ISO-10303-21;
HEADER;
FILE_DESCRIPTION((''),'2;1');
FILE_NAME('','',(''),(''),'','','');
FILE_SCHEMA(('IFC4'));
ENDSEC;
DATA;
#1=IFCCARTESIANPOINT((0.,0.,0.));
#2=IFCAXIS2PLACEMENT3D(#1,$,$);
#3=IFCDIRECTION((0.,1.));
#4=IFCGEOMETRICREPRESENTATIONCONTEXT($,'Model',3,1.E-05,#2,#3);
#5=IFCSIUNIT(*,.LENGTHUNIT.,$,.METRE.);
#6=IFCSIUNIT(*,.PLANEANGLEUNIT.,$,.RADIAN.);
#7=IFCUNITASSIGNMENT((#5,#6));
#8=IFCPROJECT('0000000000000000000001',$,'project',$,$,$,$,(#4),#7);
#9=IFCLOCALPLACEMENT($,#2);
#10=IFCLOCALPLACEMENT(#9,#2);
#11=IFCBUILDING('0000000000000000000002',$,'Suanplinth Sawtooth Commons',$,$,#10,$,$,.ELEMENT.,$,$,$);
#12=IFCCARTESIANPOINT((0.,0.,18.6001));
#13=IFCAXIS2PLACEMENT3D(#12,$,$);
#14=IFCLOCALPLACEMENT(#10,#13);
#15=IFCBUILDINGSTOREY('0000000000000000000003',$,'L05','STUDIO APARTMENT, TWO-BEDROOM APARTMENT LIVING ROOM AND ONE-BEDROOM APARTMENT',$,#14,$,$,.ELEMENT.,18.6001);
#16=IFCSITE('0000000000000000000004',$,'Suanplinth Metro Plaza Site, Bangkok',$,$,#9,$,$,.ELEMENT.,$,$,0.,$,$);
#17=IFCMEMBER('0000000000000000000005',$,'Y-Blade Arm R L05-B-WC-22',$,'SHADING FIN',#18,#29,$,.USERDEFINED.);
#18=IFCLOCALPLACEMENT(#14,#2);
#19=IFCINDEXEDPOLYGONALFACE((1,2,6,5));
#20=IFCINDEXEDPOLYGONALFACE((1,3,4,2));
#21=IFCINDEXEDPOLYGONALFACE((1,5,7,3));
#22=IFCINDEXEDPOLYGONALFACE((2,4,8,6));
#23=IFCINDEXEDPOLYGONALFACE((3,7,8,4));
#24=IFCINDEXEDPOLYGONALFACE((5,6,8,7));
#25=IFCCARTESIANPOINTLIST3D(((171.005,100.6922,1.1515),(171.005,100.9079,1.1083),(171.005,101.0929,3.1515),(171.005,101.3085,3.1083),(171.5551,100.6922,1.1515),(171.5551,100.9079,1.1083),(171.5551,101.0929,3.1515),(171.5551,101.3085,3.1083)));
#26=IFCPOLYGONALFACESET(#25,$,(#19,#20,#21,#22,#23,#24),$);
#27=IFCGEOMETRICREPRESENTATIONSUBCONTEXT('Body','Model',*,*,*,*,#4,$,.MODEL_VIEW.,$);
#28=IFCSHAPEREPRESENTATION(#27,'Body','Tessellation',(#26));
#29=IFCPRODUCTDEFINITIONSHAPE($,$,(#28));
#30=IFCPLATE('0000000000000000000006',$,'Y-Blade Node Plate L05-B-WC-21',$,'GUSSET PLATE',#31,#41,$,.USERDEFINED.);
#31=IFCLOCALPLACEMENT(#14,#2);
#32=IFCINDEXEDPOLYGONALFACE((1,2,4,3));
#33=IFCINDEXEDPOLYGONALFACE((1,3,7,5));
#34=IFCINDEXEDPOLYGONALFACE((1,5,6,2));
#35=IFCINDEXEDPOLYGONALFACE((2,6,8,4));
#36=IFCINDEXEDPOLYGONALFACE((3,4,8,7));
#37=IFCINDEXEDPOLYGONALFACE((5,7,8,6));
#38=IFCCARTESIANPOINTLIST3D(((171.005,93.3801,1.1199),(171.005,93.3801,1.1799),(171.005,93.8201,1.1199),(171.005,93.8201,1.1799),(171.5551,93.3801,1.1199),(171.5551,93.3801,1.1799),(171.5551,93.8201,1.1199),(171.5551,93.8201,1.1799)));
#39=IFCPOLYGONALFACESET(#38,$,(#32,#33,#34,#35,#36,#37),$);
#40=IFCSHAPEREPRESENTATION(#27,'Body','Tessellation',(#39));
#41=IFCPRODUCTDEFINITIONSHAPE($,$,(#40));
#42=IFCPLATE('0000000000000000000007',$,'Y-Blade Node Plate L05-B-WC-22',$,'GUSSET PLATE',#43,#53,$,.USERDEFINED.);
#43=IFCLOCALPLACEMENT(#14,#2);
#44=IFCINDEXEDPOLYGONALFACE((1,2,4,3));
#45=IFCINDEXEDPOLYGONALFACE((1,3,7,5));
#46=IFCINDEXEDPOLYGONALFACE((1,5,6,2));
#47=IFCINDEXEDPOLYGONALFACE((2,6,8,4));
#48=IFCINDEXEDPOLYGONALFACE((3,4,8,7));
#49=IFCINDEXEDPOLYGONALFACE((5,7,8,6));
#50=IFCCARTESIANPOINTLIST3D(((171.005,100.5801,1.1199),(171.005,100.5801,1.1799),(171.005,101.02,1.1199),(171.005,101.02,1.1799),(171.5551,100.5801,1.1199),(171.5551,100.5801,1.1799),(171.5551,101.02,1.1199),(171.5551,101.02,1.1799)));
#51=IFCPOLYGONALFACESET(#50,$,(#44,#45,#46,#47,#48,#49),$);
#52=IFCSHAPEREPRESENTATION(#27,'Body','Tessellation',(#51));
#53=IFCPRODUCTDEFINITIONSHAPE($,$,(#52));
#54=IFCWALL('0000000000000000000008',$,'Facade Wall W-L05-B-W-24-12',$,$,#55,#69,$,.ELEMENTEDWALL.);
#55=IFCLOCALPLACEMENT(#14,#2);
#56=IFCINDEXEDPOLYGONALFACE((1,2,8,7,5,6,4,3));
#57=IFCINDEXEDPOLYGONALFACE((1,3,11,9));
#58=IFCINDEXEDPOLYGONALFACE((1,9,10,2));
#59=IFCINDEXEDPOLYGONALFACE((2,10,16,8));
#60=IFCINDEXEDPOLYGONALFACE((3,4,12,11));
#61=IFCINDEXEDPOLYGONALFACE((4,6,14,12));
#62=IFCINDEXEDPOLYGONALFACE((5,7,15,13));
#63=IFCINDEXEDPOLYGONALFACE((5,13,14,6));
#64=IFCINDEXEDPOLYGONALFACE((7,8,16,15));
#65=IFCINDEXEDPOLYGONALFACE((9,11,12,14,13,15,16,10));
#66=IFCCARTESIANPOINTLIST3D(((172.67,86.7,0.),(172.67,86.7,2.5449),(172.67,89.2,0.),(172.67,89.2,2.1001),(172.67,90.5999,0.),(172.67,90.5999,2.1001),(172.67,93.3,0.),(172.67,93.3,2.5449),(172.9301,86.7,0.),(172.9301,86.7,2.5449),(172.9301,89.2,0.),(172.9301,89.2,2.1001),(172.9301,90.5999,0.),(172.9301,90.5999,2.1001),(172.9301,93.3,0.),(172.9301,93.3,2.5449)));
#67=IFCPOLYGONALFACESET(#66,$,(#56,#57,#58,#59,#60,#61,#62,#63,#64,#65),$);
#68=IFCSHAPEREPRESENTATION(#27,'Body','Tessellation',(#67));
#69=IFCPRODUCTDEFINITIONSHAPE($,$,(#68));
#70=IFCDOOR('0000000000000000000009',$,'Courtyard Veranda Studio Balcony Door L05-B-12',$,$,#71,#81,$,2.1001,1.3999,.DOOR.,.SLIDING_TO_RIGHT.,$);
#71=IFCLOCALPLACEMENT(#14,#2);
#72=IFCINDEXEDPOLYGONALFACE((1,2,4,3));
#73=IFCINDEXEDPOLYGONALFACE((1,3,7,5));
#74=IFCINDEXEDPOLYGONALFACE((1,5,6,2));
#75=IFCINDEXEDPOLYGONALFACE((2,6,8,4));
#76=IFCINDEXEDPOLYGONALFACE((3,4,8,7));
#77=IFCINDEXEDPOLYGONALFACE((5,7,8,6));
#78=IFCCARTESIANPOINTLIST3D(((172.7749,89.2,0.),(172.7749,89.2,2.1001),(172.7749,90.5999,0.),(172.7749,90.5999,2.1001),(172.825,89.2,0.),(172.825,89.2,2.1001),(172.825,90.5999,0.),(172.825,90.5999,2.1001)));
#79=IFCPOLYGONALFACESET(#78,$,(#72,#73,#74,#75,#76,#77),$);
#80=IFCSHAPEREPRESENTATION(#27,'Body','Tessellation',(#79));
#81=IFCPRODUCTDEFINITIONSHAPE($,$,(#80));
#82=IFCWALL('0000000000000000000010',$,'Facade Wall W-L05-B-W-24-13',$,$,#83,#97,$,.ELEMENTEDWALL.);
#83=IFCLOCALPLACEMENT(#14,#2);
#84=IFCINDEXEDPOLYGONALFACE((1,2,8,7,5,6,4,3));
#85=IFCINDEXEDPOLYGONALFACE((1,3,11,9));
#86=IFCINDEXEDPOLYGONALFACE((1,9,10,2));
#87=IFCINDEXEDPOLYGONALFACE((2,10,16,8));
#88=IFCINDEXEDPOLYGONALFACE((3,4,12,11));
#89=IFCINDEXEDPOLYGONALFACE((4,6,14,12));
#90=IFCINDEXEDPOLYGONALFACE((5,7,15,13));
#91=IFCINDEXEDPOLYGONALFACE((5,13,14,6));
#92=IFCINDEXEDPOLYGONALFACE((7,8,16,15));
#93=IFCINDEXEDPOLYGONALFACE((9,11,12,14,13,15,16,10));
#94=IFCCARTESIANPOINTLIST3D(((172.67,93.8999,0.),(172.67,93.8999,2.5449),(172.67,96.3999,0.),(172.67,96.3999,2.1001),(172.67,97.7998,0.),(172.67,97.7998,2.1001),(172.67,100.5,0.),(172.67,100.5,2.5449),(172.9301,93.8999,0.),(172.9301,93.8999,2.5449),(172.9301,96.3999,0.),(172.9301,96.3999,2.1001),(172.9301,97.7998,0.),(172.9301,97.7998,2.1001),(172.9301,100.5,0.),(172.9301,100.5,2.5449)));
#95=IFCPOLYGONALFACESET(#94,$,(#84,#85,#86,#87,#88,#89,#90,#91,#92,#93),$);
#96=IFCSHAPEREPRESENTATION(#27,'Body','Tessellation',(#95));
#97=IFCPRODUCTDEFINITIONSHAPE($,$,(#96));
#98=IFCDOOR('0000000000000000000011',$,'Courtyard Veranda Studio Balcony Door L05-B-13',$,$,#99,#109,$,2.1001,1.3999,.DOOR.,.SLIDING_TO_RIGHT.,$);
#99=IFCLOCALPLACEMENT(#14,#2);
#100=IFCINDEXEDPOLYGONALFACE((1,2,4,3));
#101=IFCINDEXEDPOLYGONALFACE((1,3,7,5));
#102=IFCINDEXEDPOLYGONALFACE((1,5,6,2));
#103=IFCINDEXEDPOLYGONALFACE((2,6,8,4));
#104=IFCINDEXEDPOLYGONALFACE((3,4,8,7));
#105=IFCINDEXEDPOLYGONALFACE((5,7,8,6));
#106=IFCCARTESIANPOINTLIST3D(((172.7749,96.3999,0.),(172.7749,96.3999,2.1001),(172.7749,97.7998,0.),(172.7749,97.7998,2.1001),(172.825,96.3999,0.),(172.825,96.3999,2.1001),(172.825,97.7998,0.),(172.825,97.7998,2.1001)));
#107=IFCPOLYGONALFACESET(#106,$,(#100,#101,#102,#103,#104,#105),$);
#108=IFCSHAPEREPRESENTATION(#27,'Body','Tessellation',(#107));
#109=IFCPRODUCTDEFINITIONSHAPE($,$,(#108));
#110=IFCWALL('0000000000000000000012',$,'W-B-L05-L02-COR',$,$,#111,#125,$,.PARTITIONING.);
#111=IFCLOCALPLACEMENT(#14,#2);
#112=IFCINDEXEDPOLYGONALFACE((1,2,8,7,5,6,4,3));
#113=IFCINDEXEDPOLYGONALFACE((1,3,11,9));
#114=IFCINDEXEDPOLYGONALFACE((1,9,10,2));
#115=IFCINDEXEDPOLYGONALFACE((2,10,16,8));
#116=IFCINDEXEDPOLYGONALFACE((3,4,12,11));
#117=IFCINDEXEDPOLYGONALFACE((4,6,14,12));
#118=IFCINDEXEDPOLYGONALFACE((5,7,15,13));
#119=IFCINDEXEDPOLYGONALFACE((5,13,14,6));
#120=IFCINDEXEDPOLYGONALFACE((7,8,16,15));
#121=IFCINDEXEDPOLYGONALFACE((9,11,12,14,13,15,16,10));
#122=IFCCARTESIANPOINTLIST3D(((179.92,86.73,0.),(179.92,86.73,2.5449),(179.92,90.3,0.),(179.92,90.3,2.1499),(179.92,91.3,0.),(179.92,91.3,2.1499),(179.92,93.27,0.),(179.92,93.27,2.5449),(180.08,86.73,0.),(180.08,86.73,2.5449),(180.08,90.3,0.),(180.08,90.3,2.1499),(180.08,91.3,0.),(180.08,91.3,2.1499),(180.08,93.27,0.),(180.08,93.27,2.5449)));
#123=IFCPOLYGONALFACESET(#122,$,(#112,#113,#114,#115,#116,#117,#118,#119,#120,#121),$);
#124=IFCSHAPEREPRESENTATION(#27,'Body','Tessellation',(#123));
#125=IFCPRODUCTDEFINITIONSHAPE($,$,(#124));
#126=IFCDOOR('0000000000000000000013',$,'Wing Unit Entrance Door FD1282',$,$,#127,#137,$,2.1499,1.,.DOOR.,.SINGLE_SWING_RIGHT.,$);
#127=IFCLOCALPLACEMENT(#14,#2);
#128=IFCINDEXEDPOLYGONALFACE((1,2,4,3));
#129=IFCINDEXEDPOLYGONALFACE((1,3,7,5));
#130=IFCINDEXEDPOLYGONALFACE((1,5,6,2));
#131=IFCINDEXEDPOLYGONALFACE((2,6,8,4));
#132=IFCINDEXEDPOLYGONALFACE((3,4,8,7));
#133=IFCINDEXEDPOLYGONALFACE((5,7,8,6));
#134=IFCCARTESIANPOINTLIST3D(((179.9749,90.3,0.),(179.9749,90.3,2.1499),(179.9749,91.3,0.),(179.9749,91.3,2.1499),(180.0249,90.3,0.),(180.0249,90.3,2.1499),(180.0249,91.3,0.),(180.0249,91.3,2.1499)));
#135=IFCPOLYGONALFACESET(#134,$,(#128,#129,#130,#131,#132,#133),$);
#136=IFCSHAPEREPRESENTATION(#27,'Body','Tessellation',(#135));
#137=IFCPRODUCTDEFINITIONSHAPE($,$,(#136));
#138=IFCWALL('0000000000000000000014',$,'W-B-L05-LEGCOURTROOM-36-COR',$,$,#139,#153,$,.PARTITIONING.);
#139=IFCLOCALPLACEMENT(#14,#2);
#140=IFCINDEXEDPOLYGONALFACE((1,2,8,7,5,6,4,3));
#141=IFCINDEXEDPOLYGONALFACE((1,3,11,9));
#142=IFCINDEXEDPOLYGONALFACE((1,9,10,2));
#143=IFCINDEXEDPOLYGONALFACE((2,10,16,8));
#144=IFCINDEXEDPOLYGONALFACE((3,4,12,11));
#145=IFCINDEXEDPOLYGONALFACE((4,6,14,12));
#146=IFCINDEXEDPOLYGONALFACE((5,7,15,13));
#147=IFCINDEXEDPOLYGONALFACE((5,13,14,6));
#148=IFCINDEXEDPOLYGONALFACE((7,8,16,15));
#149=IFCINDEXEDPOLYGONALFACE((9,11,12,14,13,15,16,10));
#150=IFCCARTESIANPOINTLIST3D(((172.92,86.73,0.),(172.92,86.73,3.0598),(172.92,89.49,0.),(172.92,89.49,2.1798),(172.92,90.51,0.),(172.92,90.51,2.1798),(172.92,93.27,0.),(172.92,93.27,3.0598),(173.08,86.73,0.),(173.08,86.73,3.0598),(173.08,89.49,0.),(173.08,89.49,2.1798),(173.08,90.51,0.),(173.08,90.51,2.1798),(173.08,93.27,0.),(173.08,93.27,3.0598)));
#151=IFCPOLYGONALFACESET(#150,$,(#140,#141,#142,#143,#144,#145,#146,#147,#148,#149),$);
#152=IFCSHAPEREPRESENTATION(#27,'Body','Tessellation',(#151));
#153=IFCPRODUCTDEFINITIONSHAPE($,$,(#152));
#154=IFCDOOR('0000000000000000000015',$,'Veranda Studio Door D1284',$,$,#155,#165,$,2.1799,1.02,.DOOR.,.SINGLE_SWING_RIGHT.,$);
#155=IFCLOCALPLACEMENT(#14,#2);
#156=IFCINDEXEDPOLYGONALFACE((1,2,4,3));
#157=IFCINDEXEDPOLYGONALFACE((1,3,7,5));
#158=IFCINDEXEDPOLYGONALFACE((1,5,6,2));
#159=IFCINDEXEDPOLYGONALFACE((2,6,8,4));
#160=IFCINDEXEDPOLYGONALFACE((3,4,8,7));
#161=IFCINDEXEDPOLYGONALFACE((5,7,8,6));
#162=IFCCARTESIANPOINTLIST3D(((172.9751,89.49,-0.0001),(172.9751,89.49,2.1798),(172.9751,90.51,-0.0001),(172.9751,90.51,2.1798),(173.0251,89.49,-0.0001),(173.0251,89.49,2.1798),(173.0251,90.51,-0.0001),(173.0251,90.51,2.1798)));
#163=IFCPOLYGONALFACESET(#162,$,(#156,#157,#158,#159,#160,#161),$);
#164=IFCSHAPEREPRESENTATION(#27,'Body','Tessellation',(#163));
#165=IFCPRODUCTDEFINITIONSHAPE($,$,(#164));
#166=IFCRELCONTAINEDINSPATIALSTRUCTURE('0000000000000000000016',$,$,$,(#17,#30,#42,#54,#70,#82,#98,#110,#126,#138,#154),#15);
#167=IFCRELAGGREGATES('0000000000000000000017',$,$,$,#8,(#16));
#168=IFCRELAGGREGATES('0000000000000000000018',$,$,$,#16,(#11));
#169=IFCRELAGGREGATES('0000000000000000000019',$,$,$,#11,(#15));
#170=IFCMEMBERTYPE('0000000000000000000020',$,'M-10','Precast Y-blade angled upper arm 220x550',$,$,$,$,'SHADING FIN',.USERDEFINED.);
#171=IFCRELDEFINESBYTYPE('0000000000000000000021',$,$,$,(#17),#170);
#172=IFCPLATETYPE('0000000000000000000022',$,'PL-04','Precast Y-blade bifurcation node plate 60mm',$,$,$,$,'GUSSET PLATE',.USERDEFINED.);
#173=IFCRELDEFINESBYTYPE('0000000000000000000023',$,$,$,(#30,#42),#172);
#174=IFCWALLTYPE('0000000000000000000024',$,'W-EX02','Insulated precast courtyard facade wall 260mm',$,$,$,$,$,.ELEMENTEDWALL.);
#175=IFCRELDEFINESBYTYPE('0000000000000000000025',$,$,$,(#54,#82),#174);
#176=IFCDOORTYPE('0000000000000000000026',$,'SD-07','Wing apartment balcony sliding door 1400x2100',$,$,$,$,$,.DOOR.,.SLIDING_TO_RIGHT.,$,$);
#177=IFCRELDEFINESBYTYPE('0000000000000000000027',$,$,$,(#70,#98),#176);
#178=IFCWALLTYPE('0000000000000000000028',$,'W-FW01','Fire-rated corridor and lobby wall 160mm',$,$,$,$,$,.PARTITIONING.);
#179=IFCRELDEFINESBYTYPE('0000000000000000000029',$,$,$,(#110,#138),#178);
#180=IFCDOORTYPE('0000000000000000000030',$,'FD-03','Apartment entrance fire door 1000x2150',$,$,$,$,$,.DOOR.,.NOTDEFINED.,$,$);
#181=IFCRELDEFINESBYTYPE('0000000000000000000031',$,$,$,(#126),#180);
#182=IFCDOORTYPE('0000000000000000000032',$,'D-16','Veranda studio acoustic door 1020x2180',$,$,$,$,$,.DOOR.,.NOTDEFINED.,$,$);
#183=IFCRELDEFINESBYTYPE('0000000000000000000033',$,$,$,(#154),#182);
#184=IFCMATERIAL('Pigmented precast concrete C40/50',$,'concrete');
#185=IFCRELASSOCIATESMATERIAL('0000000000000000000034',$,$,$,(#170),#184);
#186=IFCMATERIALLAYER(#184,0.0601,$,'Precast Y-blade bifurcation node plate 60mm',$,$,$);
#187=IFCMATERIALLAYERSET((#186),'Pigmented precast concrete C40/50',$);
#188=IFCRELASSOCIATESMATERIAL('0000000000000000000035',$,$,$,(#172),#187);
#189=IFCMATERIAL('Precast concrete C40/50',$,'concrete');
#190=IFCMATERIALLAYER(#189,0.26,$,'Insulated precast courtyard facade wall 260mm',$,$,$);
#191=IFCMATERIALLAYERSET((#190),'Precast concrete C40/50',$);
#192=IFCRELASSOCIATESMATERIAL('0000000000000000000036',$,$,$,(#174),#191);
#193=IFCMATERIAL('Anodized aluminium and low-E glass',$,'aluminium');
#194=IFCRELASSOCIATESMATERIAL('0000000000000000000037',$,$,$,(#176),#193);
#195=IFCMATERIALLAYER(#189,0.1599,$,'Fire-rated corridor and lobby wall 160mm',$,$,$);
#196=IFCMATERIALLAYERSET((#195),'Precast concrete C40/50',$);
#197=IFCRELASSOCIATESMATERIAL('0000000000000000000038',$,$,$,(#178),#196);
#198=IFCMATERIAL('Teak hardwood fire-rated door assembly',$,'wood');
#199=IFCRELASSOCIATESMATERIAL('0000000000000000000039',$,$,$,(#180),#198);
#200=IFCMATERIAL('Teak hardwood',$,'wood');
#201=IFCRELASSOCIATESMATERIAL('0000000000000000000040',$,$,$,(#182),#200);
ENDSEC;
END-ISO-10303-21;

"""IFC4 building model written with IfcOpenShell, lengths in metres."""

from ifc_helpers import new_model, si_unit, direction, frame, frame_2d, origin, origin_2d, place, context, subcontext, project, spatial, rectangle, extrude, material, layer, layer_set, material_profile, profile_set, type_object, element, fill, save


model = new_model("IFC4")

# Units and contexts
model_context = context("Model", 3, precision=1e-05, world=origin(), true_north=direction((0.0, 1.0)))
body_context = subcontext(model_context, "Body", "Model", "MODEL_VIEW")
ifc_project = project(units=[si_unit("LENGTHUNIT", "METRE"), si_unit("PLANEANGLEUNIT", "RADIAN")], contexts=[model_context])

# Site, building, storey
site_placement = place(None, origin())
site = spatial("IfcSite", under=ifc_project, at=site_placement, Name="Suanplinth Metro Plaza Site, Bangkok", CompositionType="ELEMENT", RefElevation=0.0)
building_placement = place(site_placement, origin())
building = spatial("IfcBuilding", under=site, at=building_placement, Name="Suanplinth Sawtooth Commons", CompositionType="ELEMENT")
storey_placement = place(building_placement, frame((0.0, 0.0, 18.6001)))
storey = spatial("IfcBuildingStorey", under=building, at=storey_placement, Name="L05", Description="STUDIO APARTMENT, TWO-BEDROOM APARTMENT LIVING ROOM AND ONE-BEDROOM APARTMENT", CompositionType="ELEMENT", Elevation=18.6001)

# Shared definitions
ifc_material_1 = material(Name="Precast concrete C40/50", Category="concrete")

# Member
ifc_material_2 = material(Name="Pigmented precast concrete C40/50", Category="concrete")
ifc_material_profile_1 = material_profile(ifc_material_2, rectangle(XDim=0.22, YDim=0.55, at=origin_2d()), Name="PC-FIN 220x550")
ifc_profile_set_1 = profile_set([ifc_material_profile_1], Name="Pigmented precast concrete C40/50")
member_type_1 = type_object("IfcMemberType", Name="M-10", Description="Precast Y-blade angled upper arm 220x550", ElementType="SHADING FIN", PredefinedType="USERDEFINED", material=ifc_profile_set_1)
for number, where, z_axis, x_axis, name in (
    (1, (171.28, 100.8, 1.1299), (0.0, 0.196415, 0.980521), (0.0, -0.980521, 0.196415), "Y-Blade Arm R L05-B-WC-22"),
):
    element("IfcMember", number, at=place(storey_placement, frame(where, z_axis=z_axis, x_axis=x_axis)), inside=storey, type_object=member_type_1, Name=name, ObjectType="SHADING FIN", PredefinedType="USERDEFINED", context=body_context, shape_type="SweptSolid", body=[
        extrude(rectangle(XDim=0.22, YDim=0.55, at=origin_2d()), origin(), (0.0, 0.0, 1.0), 2.0398),
    ])

# Plates
ifc_layer_1 = layer(ifc_material_2, 0.0601, Name="Precast Y-blade bifurcation node plate 60mm")
ifc_layer_set_1 = layer_set([ifc_layer_1], Name="Pigmented precast concrete C40/50")
plate_type = type_object("IfcPlateType", Name="PL-04", Description="Precast Y-blade bifurcation node plate 60mm", ElementType="GUSSET PLATE", PredefinedType="USERDEFINED", material=ifc_layer_set_1)
for number, where, z_axis, x_axis, name in (
    (2, (171.28, 93.6001, 1.1199), (0.0, 0.0, 1.0), (0.0, 1.0, 0.0), "Y-Blade Node Plate L05-B-WC-21"),
    (3, (171.28, 100.8, 1.1199), (0.0, 0.0, 1.0), (0.0, 1.0, 0.0), "Y-Blade Node Plate L05-B-WC-22"),
):
    element("IfcPlate", number, at=place(storey_placement, frame(where, z_axis=z_axis, x_axis=x_axis)), inside=storey, type_object=plate_type, Name=name, ObjectType="GUSSET PLATE", PredefinedType="USERDEFINED", context=body_context, shape_type="SweptSolid", body=[
        extrude(rectangle(XDim=0.4399, YDim=0.55, at=origin_2d()), origin(), (0.0, 0.0, 1.0), 0.0601),
    ])

# Walls, openings, doors
ifc_layer_2 = layer(ifc_material_1, 0.26, Name="Insulated precast courtyard facade wall 260mm")
ifc_layer_set_2 = layer_set([ifc_layer_2], Name="Precast concrete C40/50")
wall_type_1 = type_object("IfcWallType", Name="W-EX02", Description="Insulated precast courtyard facade wall 260mm", PredefinedType="ELEMENTEDWALL", material=ifc_layer_set_2)
wall_1_placement = place(storey_placement, frame((172.8, 86.7, 0.0), z_axis=(0.0, 0.0, 1.0), x_axis=(0.0, 1.0, 0.0)))
wall_1 = element("IfcWall", 4, at=wall_1_placement, inside=storey, type_object=wall_type_1, Name="Facade Wall W-L05-B-W-24-12", PredefinedType="ELEMENTEDWALL", context=body_context, shape_type="SweptSolid", body=[
    extrude(rectangle(XDim=6.6001, YDim=0.26, at=frame_2d((3.3, 0.0))), origin(), (0.0, 0.0, 1.0), 2.5449),
])
opening_1_placement = place(wall_1_placement, frame((2.5, 0.0, 0.0)))
opening_1 = element("IfcOpeningElement", 5, at=opening_1_placement, cuts=wall_1, PredefinedType="OPENING", context=body_context, shape_type="SweptSolid", body=[
    extrude(rectangle(XDim=1.3999, YDim=2.1001, at=frame_2d((0.7, 1.05))), frame((0.0, 0.145, 0.0), z_axis=(0.0, -1.0, 0.0), x_axis=(1.0, 0.0, 0.0)), (0.0, 0.0, 1.0), 0.2898),
])
ifc_material_3 = material(Name="Anodized aluminium and low-E glass", Category="aluminium")
door_type_1 = type_object("IfcDoorType", Name="SD-07", Description="Wing apartment balcony sliding door 1400x2100", OperationType="SLIDING_TO_RIGHT", PredefinedType="DOOR", material=ifc_material_3)
door_1_placement = place(opening_1_placement, frame((1.3999, 0.0, 0.0), z_axis=(0.0, 0.0, 1.0), x_axis=(-1.0, 0.0, 0.0)))
door_1 = element("IfcDoor", 6, at=door_1_placement, inside=storey, type_object=door_type_1, Name="Courtyard Veranda Studio Balcony Door L05-B-12", OperationType="SLIDING_TO_RIGHT", OverallHeight=2.1001, OverallWidth=1.3999, PredefinedType="DOOR", context=body_context, shape_type="SweptSolid", body=[
    extrude(rectangle(XDim=1.3999, YDim=2.1001, at=frame_2d((0.7, 1.05))), frame((0.0, 0.0249, 0.0), z_axis=(0.0, -1.0, 0.0), x_axis=(1.0, 0.0, 0.0)), (0.0, 0.0, 1.0), 0.05),
])
fill(opening_1, door_1)
wall_2_placement = place(storey_placement, frame((172.8, 93.8999, 0.0), z_axis=(0.0, 0.0, 1.0), x_axis=(0.0, 1.0, 0.0)))
wall_2 = element("IfcWall", 7, at=wall_2_placement, inside=storey, type_object=wall_type_1, Name="Facade Wall W-L05-B-W-24-13", PredefinedType="ELEMENTEDWALL", context=body_context, shape_type="SweptSolid", body=[
    extrude(rectangle(XDim=6.6001, YDim=0.26, at=frame_2d((3.3, 0.0))), origin(), (0.0, 0.0, 1.0), 2.5449),
])
opening_2_placement = place(wall_2_placement, frame((2.5, 0.0, 0.0)))
opening_2 = element("IfcOpeningElement", 8, at=opening_2_placement, cuts=wall_2, PredefinedType="OPENING", context=body_context, shape_type="SweptSolid", body=[
    extrude(rectangle(XDim=1.3999, YDim=2.1001, at=frame_2d((0.7, 1.05))), frame((0.0, 0.145, 0.0), z_axis=(0.0, -1.0, 0.0), x_axis=(1.0, 0.0, 0.0)), (0.0, 0.0, 1.0), 0.2898),
])
door_2_placement = place(opening_2_placement, frame((1.3999, 0.0, 0.0), z_axis=(0.0, 0.0, 1.0), x_axis=(-1.0, 0.0, 0.0)))
door_2 = element("IfcDoor", 9, at=door_2_placement, inside=storey, type_object=door_type_1, Name="Courtyard Veranda Studio Balcony Door L05-B-13", OperationType="SLIDING_TO_RIGHT", OverallHeight=2.1001, OverallWidth=1.3999, PredefinedType="DOOR", context=body_context, shape_type="SweptSolid", body=[
    extrude(rectangle(XDim=1.3999, YDim=2.1001, at=frame_2d((0.7, 1.05))), frame((0.0, 0.0249, 0.0), z_axis=(0.0, -1.0, 0.0), x_axis=(1.0, 0.0, 0.0)), (0.0, 0.0, 1.0), 0.05),
])
fill(opening_2, door_2)
ifc_layer_3 = layer(ifc_material_1, 0.1599, Name="Fire-rated corridor and lobby wall 160mm")
ifc_layer_set_3 = layer_set([ifc_layer_3], Name="Precast concrete C40/50")
wall_type_2 = type_object("IfcWallType", Name="W-FW01", Description="Fire-rated corridor and lobby wall 160mm", PredefinedType="PARTITIONING", material=ifc_layer_set_3)
wall_3_placement = place(storey_placement, frame((180.0, 86.73, 0.0), z_axis=(0.0, 0.0, 1.0), x_axis=(0.0, 1.0, 0.0)))
wall_3 = element("IfcWall", 10, at=wall_3_placement, inside=storey, type_object=wall_type_2, Name="W-B-L05-L02-COR", PredefinedType="PARTITIONING", context=body_context, shape_type="SweptSolid", body=[
    extrude(rectangle(XDim=6.54, YDim=0.1599, at=frame_2d((3.27, 0.0))), origin(), (0.0, 0.0, 1.0), 2.5449),
])
opening_3_placement = place(wall_3_placement, frame((3.5701, 0.0, 0.0)))
opening_3 = element("IfcOpeningElement", 11, at=opening_3_placement, cuts=wall_3, PredefinedType="OPENING", context=body_context, shape_type="SweptSolid", body=[
    extrude(rectangle(XDim=1.0, YDim=2.1499, at=frame_2d((0.5, 1.075))), frame((0.0, 0.0947, 0.0), z_axis=(0.0, -1.0, 0.0), x_axis=(1.0, 0.0, 0.0)), (0.0, 0.0, 1.0), 0.1897),
])
ifc_material_4 = material(Name="Teak hardwood fire-rated door assembly", Category="wood")
door_type_2 = type_object("IfcDoorType", Name="FD-03", Description="Apartment entrance fire door 1000x2150", OperationType="NOTDEFINED", PredefinedType="DOOR", material=ifc_material_4)
door_3_placement = place(opening_3_placement, frame((1.0, 0.0, 0.0), z_axis=(0.0, 0.0, 1.0), x_axis=(-1.0, 0.0, 0.0)))
door_3 = element("IfcDoor", 12, at=door_3_placement, inside=storey, type_object=door_type_2, Name="Wing Unit Entrance Door FD1282", OperationType="SINGLE_SWING_RIGHT", OverallHeight=2.1499, OverallWidth=1.0, PredefinedType="DOOR", context=body_context, shape_type="SweptSolid", body=[
    extrude(rectangle(XDim=1.0, YDim=2.1499, at=frame_2d((0.5, 1.075))), frame((0.0, 0.0249, 0.0), z_axis=(0.0, -1.0, 0.0), x_axis=(1.0, 0.0, 0.0)), (0.0, 0.0, 1.0), 0.05),
])
fill(opening_3, door_3)
wall_4_placement = place(storey_placement, frame((173.0, 86.73, 0.0), z_axis=(0.0, 0.0, 1.0), x_axis=(0.0, 1.0, 0.0)))
wall_4 = element("IfcWall", 13, at=wall_4_placement, inside=storey, type_object=wall_type_2, Name="W-B-L05-LEGCOURTROOM-36-COR", PredefinedType="PARTITIONING", context=body_context, shape_type="SweptSolid", body=[
    extrude(rectangle(XDim=6.54, YDim=0.1599, at=frame_2d((3.27, 0.0))), origin(), (0.0, 0.0, 1.0), 3.0598),
])
opening_4_placement = place(wall_4_placement, frame((2.76, 0.0, 0.0)))
opening_4 = element("IfcOpeningElement", 14, at=opening_4_placement, cuts=wall_4, PredefinedType="OPENING", context=body_context, shape_type="SweptSolid", body=[
    extrude(rectangle(XDim=1.02, YDim=2.1799, at=frame_2d((0.51, 1.0898))), frame((0.0, 0.0947, 0.0), z_axis=(0.0, -1.0, 0.0), x_axis=(1.0, 0.0, 0.0)), (0.0, 0.0, 1.0), 0.1897),
])
ifc_material_5 = material(Name="Teak hardwood", Category="wood")
door_type_3 = type_object("IfcDoorType", Name="D-16", Description="Veranda studio acoustic door 1020x2180", OperationType="NOTDEFINED", PredefinedType="DOOR", material=ifc_material_5)
door_4_placement = place(opening_4_placement, origin())
door_4 = element("IfcDoor", 15, at=door_4_placement, inside=storey, type_object=door_type_3, Name="Veranda Studio Door D1284", OperationType="SINGLE_SWING_RIGHT", OverallHeight=2.1799, OverallWidth=1.02, PredefinedType="DOOR", context=body_context, shape_type="SweptSolid", body=[
    extrude(rectangle(XDim=1.02, YDim=2.1799, at=frame_2d((0.51, 1.0898))), frame((0.0, 0.0249, 0.0), z_axis=(0.0, -1.0, 0.0), x_axis=(1.0, 0.0, 0.0)), (0.0, 0.0, 1.0), 0.05),
])
fill(opening_4, door_4)

save(model, "model.ifc")
